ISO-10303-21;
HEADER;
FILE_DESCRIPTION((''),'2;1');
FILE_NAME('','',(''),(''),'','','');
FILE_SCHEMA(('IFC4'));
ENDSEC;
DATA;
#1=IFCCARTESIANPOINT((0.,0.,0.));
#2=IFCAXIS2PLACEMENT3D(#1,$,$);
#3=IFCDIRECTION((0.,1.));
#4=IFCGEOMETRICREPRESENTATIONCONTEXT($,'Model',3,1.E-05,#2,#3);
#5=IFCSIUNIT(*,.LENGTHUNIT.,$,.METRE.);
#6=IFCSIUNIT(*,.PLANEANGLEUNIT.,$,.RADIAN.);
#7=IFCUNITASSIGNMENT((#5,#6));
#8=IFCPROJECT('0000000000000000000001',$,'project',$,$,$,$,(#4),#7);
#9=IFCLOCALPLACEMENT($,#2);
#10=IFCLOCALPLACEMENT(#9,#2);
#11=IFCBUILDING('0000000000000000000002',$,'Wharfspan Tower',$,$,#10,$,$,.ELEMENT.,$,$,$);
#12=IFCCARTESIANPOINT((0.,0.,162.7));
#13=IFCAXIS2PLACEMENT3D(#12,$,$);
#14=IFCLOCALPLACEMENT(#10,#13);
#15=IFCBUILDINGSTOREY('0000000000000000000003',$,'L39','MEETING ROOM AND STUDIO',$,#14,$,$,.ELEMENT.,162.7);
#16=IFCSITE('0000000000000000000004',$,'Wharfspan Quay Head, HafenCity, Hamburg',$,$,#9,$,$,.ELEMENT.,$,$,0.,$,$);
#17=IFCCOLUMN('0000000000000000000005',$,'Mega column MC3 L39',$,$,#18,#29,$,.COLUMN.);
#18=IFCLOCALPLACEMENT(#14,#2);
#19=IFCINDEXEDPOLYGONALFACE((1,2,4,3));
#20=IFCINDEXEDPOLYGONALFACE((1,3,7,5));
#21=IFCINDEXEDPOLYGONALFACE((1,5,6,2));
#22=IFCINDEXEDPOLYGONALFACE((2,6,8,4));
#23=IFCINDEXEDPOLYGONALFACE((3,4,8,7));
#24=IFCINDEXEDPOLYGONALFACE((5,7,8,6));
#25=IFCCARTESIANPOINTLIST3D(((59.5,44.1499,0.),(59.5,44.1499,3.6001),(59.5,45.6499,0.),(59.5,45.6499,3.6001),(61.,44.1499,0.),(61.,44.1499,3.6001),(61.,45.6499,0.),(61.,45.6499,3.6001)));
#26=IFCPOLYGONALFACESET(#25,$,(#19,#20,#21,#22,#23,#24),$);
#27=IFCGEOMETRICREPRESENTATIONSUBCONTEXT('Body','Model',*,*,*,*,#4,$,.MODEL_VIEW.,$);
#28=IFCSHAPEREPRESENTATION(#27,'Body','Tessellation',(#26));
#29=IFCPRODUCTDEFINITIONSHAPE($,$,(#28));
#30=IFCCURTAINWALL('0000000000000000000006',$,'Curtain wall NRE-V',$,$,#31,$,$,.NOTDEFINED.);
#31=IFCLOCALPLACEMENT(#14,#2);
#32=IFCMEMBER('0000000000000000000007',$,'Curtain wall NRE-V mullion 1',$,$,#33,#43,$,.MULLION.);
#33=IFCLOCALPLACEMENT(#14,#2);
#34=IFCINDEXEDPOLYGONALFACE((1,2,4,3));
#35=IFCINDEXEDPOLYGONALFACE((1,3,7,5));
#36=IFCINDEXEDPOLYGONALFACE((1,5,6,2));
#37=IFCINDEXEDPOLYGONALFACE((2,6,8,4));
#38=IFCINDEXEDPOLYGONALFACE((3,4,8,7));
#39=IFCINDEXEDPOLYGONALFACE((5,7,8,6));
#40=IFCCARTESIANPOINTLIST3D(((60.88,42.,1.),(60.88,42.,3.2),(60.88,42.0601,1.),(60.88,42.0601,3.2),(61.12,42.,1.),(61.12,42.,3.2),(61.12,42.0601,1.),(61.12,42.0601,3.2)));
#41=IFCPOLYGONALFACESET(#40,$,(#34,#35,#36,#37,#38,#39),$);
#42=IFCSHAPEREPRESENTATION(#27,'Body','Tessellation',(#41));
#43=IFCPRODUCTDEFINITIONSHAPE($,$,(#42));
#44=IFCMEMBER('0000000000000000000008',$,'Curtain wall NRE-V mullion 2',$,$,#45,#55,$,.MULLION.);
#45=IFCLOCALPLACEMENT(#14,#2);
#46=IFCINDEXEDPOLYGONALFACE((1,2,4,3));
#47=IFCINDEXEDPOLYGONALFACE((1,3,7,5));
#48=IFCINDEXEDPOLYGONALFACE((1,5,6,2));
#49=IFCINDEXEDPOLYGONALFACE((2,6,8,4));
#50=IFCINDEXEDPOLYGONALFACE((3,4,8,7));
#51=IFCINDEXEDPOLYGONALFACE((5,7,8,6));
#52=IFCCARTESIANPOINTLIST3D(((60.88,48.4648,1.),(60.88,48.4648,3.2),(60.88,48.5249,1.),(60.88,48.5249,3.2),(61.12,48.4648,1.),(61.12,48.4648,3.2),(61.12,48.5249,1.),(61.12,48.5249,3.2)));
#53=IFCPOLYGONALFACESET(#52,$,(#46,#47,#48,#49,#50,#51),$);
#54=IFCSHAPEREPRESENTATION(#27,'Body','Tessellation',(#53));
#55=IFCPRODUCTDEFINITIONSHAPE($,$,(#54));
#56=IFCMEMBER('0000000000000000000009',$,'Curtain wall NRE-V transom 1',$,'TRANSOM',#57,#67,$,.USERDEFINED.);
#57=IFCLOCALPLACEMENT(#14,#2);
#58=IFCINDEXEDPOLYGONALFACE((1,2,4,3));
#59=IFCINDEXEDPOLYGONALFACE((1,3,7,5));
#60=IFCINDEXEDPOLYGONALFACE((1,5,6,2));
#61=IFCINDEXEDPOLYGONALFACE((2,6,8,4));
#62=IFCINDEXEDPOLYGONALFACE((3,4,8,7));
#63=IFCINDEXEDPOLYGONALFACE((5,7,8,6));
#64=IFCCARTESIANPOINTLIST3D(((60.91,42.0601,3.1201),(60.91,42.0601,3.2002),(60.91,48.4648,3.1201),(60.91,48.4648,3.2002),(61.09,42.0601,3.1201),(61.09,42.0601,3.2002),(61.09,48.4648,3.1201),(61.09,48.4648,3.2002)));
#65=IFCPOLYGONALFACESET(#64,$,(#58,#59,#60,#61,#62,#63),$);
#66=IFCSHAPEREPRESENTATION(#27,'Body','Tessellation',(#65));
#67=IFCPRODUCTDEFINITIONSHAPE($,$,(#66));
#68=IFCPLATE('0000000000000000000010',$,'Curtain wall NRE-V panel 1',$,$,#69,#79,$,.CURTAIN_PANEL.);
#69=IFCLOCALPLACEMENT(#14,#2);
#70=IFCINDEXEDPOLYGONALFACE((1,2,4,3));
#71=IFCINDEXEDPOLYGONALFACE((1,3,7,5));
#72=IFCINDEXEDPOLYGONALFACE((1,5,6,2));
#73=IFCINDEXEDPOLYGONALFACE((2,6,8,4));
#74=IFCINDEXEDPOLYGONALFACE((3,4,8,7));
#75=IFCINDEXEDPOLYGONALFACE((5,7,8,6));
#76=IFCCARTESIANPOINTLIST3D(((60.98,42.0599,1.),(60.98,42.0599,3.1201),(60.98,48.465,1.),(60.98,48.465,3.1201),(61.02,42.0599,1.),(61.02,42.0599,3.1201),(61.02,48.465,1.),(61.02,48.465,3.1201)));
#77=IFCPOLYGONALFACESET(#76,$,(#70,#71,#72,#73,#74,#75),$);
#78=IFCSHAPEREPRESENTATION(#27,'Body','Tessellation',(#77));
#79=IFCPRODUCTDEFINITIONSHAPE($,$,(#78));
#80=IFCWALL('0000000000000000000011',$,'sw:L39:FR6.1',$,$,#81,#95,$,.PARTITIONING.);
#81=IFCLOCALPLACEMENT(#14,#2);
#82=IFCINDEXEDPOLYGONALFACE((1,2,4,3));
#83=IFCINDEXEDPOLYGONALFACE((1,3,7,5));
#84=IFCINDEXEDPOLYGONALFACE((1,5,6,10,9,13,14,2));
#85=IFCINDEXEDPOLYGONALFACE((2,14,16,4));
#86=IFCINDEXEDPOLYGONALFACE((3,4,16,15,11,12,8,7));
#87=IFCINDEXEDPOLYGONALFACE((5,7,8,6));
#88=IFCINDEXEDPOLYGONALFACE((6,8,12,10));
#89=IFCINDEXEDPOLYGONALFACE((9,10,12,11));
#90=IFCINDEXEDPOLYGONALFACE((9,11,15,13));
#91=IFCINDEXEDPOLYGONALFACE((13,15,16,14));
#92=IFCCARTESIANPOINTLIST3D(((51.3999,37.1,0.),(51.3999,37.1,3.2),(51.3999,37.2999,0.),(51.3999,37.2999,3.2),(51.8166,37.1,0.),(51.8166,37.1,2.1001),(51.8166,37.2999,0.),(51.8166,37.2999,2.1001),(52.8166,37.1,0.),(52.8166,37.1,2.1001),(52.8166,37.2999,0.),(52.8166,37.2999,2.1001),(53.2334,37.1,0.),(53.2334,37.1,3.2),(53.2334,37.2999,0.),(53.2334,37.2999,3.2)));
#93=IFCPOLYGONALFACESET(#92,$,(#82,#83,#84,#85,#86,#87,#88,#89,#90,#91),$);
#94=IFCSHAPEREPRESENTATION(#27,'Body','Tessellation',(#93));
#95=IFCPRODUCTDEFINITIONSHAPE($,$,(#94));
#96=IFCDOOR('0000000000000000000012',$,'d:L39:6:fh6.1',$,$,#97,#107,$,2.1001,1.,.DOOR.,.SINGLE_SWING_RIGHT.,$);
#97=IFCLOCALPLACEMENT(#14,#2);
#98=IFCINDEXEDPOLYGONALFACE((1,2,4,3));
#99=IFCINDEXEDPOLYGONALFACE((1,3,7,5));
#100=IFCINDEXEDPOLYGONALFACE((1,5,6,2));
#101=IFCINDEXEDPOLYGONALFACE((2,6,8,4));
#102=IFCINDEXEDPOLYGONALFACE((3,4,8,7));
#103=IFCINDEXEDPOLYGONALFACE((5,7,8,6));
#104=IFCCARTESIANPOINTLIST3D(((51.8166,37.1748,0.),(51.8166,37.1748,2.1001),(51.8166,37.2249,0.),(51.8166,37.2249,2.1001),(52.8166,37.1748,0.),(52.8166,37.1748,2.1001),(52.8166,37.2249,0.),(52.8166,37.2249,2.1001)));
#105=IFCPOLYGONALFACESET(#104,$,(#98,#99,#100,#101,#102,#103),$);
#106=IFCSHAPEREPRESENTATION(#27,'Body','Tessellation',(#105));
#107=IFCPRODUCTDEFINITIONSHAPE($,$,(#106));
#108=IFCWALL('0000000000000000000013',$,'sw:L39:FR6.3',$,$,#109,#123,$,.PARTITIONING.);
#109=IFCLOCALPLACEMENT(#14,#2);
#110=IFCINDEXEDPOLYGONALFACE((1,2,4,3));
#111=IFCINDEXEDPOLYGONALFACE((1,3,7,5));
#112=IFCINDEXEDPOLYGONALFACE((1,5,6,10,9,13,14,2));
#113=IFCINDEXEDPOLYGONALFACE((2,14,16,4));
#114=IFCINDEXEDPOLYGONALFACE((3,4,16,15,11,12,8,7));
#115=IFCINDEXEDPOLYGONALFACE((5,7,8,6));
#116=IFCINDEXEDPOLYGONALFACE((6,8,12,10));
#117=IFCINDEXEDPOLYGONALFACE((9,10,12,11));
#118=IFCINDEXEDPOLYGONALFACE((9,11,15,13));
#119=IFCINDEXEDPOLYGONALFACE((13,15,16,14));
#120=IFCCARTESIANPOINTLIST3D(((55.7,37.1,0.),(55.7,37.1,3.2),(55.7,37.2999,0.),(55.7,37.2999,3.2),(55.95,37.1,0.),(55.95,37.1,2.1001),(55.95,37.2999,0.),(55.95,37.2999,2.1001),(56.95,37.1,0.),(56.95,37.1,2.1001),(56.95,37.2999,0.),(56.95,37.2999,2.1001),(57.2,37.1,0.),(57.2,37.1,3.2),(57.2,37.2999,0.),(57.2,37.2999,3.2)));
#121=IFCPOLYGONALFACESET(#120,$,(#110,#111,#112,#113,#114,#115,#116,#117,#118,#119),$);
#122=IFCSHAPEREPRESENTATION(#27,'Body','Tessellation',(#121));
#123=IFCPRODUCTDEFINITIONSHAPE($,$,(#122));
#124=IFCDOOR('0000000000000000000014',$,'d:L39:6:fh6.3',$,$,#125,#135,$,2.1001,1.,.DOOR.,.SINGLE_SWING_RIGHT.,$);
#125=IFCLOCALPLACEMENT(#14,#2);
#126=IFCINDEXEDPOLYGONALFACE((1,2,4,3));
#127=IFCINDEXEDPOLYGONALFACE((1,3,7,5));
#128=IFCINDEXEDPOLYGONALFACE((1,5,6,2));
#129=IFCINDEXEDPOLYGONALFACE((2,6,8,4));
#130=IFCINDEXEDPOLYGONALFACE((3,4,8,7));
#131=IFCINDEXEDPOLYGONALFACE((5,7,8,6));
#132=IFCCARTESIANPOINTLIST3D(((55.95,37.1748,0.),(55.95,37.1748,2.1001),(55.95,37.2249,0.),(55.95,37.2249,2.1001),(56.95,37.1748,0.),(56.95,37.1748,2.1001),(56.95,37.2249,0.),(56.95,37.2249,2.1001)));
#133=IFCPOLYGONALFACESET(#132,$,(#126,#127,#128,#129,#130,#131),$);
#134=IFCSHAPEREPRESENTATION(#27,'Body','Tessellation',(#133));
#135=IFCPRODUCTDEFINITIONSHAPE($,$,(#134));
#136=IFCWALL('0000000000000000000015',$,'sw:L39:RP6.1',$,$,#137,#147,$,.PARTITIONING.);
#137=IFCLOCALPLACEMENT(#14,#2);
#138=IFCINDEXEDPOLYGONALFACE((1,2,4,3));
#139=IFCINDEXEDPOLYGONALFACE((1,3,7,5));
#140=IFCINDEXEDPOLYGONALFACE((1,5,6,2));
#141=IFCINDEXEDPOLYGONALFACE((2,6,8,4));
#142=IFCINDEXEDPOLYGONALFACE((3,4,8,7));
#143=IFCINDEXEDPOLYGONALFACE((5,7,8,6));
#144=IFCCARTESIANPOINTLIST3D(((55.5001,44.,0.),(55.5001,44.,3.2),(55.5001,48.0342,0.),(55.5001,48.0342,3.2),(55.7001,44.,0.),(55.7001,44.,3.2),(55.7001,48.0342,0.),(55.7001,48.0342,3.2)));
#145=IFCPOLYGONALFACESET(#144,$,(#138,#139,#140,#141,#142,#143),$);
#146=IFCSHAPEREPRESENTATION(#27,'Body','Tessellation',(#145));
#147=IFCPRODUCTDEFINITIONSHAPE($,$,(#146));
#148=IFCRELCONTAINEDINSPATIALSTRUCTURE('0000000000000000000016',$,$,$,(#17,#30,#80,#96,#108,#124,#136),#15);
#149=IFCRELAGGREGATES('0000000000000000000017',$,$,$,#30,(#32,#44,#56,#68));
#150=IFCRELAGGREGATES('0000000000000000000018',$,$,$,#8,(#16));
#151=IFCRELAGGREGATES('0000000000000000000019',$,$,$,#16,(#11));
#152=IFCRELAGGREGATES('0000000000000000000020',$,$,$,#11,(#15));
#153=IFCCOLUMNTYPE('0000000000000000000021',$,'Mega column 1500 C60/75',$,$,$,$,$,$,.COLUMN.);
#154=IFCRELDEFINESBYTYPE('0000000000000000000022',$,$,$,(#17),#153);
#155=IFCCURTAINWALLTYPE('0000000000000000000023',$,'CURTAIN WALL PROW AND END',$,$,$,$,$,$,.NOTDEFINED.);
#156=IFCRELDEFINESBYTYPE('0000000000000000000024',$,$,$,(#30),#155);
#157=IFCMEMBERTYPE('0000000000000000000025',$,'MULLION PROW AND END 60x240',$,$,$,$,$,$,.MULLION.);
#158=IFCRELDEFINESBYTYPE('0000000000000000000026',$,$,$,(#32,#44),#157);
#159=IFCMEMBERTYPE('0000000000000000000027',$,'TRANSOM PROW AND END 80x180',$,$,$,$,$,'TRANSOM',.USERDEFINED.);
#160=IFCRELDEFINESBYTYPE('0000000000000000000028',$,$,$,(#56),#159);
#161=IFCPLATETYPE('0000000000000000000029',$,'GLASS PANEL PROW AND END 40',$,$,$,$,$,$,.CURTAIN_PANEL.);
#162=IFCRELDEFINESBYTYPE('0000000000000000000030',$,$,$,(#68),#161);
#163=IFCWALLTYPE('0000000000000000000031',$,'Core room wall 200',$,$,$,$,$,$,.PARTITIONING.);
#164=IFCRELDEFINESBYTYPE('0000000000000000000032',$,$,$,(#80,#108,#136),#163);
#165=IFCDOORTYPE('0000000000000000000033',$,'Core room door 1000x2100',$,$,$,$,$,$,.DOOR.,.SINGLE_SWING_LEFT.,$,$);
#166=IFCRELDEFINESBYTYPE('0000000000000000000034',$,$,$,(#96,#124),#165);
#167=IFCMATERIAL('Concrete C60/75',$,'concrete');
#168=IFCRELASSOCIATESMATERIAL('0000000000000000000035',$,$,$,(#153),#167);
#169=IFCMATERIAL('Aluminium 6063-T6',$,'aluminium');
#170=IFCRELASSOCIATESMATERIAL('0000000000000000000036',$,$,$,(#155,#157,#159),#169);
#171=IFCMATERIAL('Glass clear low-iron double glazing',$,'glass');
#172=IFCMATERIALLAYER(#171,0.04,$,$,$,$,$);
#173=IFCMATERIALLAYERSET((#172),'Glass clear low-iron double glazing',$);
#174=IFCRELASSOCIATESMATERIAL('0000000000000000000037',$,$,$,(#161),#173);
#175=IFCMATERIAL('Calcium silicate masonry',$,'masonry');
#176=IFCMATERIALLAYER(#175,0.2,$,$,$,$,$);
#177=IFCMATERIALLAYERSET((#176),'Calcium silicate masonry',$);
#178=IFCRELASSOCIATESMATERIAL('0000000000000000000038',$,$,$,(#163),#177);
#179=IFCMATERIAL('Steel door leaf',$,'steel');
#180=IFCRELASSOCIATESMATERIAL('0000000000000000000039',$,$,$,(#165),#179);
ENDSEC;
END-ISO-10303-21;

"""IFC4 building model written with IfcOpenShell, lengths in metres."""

from ifc_helpers import new_model, si_unit, direction, frame, frame_2d, origin, origin_2d, place, context, subcontext, project, spatial, rectangle, extrude, material, layer, layer_set, material_profile, profile_set, type_object, element, fill, aggregate, save


model = new_model("IFC4")

# Units and contexts
model_context = context("Model", 3, precision=1e-05, world=origin(), true_north=direction((0.0, 1.0)))
body_context = subcontext(model_context, "Body", "Model", "MODEL_VIEW")
ifc_project = project(units=[si_unit("LENGTHUNIT", "METRE"), si_unit("PLANEANGLEUNIT", "RADIAN")], contexts=[model_context])

# Site, building, storey
site_placement = place(None, origin())
site = spatial("IfcSite", under=ifc_project, at=site_placement, Name="Wharfspan Quay Head, HafenCity, Hamburg", CompositionType="ELEMENT", RefElevation=0.0)
building_placement = place(site_placement, origin())
building = spatial("IfcBuilding", under=site, at=building_placement, Name="Wharfspan Tower", CompositionType="ELEMENT")
storey_placement = place(building_placement, frame((0.0, 0.0, 162.7)))
storey = spatial("IfcBuildingStorey", under=building, at=storey_placement, Name="L39", Description="MEETING ROOM AND STUDIO", CompositionType="ELEMENT", Elevation=162.7)

# Column
ifc_material_1 = material(Name="Concrete C60/75", Category="concrete")
ifc_material_profile_1 = material_profile(ifc_material_1, rectangle(XDim=1.5, YDim=1.5, at=origin_2d()))
ifc_profile_set_1 = profile_set([ifc_material_profile_1], Name="Concrete C60/75")
column_type = type_object("IfcColumnType", Name="Mega column 1500 C60/75", PredefinedType="COLUMN", material=ifc_profile_set_1)
column_placement = place(storey_placement, frame((60.25, 44.8999, 0.0), z_axis=(0.0, 0.0, 1.0), x_axis=(1.0, 0.0, 0.0)))
element("IfcColumn", 1, at=column_placement, inside=storey, type_object=column_type, Name="Mega column MC3 L39", PredefinedType="COLUMN", context=body_context, shape_type="SweptSolid", body=[
    extrude(rectangle(XDim=1.5, YDim=1.5, at=origin_2d()), origin(), (0.0, 0.0, 1.0), 3.6001),
])

# Curtain wall, members, plate
ifc_material_2 = material(Name="Aluminium 6063-T6", Category="aluminium")
curtain_wall_type = type_object("IfcCurtainWallType", Name="CURTAIN WALL PROW AND END", PredefinedType="NOTDEFINED", material=ifc_material_2)
curtain_wall_placement = place(storey_placement, origin())
curtain_wall = element("IfcCurtainWall", 2, at=curtain_wall_placement, inside=storey, type_object=curtain_wall_type, Name="Curtain wall NRE-V", PredefinedType="NOTDEFINED")
ifc_material_profile_2 = material_profile(ifc_material_2, rectangle(XDim=0.24, YDim=0.0601, at=origin_2d()))
ifc_profile_set_2 = profile_set([ifc_material_profile_2], Name="Aluminium 6063-T6")
member_type_1 = type_object("IfcMemberType", Name="MULLION PROW AND END 60x240", PredefinedType="MULLION", material=ifc_profile_set_2)
member_1_placement = place(storey_placement, frame((61.0, 42.03, 1.0), z_axis=(0.0, 0.0, 1.0), x_axis=(-1.0, 0.0, 0.0)))
member_1 = element("IfcMember", 3, at=member_1_placement, type_object=member_type_1, Name="Curtain wall NRE-V mullion 1", PredefinedType="MULLION", context=body_context, shape_type="SweptSolid", body=[
    extrude(rectangle(XDim=0.24, YDim=0.0601, at=origin_2d()), origin(), (0.0, 0.0, 1.0), 2.2),
])
member_2_placement = place(storey_placement, frame((61.0, 48.4949, 1.0), z_axis=(0.0, 0.0, 1.0), x_axis=(-1.0, 0.0, 0.0)))
member_2 = element("IfcMember", 4, at=member_2_placement, type_object=member_type_1, Name="Curtain wall NRE-V mullion 2", PredefinedType="MULLION", context=body_context, shape_type="SweptSolid", body=[
    extrude(rectangle(XDim=0.24, YDim=0.0601, at=origin_2d()), origin(), (0.0, 0.0, 1.0), 2.2),
])
ifc_material_profile_3 = material_profile(ifc_material_2, rectangle(XDim=0.1799, YDim=0.0801, at=origin_2d()))
ifc_profile_set_3 = profile_set([ifc_material_profile_3], Name="Aluminium 6063-T6")
member_type_2 = type_object("IfcMemberType", Name="TRANSOM PROW AND END 80x180", ElementType="TRANSOM", PredefinedType="USERDEFINED", material=ifc_profile_set_3)
member_3_placement = place(storey_placement, frame((61.0, 42.0601, 3.1602), z_axis=(0.0, 1.0, 0.0), x_axis=(-1.0, 0.0, 0.0)))
member_3 = element("IfcMember", 5, at=member_3_placement, type_object=member_type_2, Name="Curtain wall NRE-V transom 1", ObjectType="TRANSOM", PredefinedType="USERDEFINED", context=body_context, shape_type="SweptSolid", body=[
    extrude(rectangle(XDim=0.1799, YDim=0.0801, at=origin_2d()), origin(), (0.0, 0.0, 1.0), 6.4048),
])
ifc_material_3 = material(Name="Glass clear low-iron double glazing", Category="glass")
ifc_layer_1 = layer(ifc_material_3, 0.04)
ifc_layer_set_1 = layer_set([ifc_layer_1], Name="Glass clear low-iron double glazing")
plate_type = type_object("IfcPlateType", Name="GLASS PANEL PROW AND END 40", PredefinedType="CURTAIN_PANEL", material=ifc_layer_set_1)
plate_placement = place(storey_placement, frame((61.0, 45.2625, 1.0), z_axis=(0.0, 0.0, 1.0), x_axis=(0.0, 1.0, 0.0)))
plate = element("IfcPlate", 6, at=plate_placement, type_object=plate_type, Name="Curtain wall NRE-V panel 1", PredefinedType="CURTAIN_PANEL", context=body_context, shape_type="SweptSolid", body=[
    extrude(rectangle(XDim=6.405, YDim=0.04, at=origin_2d()), origin(), (0.0, 0.0, 1.0), 2.1201),
])
aggregate(curtain_wall, [member_1, member_2, member_3, plate])

# Walls, openings, doors
ifc_material_4 = material(Name="Calcium silicate masonry", Category="masonry")
ifc_layer_2 = layer(ifc_material_4, 0.2)
ifc_layer_set_2 = layer_set([ifc_layer_2], Name="Calcium silicate masonry")
wall_type_1 = type_object("IfcWallType", Name="Core room wall 200", PredefinedType="PARTITIONING", material=ifc_layer_set_2)
wall_1_placement = place(storey_placement, frame((51.3999, 37.2, 0.0), z_axis=(0.0, 0.0, 1.0), x_axis=(1.0, 0.0, 0.0)))
wall_1 = element("IfcWall", 7, at=wall_1_placement, inside=storey, type_object=wall_type_1, Name="sw:L39:FR6.1", PredefinedType="PARTITIONING", context=body_context, shape_type="SweptSolid", body=[
    extrude(rectangle(XDim=1.8335, YDim=0.2, at=frame_2d((0.9167, 0.0))), origin(), (0.0, 0.0, 1.0), 3.2),
])
opening_1_placement = place(wall_1_placement, frame((0.4167, 0.0, 0.0)))
opening_1 = element("IfcOpeningElement", 8, at=opening_1_placement, cuts=wall_1, PredefinedType="OPENING", context=body_context, shape_type="SweptSolid", body=[
    extrude(rectangle(XDim=1.0, YDim=2.1001, at=frame_2d((0.5, 1.05))), frame((0.0, 0.1099, 0.0), z_axis=(0.0, -1.0, 0.0), x_axis=(1.0, 0.0, 0.0)), (0.0, 0.0, 1.0), 0.22),
])
ifc_material_5 = material(Name="Steel door leaf", Category="steel")
door_type_1 = type_object("IfcDoorType", Name="Core room door 1000x2100", OperationType="SINGLE_SWING_LEFT", PredefinedType="DOOR", material=ifc_material_5)
door_1_placement = place(opening_1_placement, origin())
door_1 = element("IfcDoor", 9, at=door_1_placement, inside=storey, type_object=door_type_1, Name="d:L39:6:fh6.1", OperationType="SINGLE_SWING_RIGHT", OverallHeight=2.1001, OverallWidth=1.0, PredefinedType="DOOR", context=body_context, shape_type="SweptSolid", body=[
    extrude(rectangle(XDim=1.0, YDim=2.1001, at=frame_2d((0.5, 1.05))), frame((0.0, 0.0249, 0.0), z_axis=(0.0, -1.0, 0.0), x_axis=(1.0, 0.0, 0.0)), (0.0, 0.0, 1.0), 0.05),
])
fill(opening_1, door_1)
wall_2_placement = place(storey_placement, frame((55.7, 37.2, 0.0), z_axis=(0.0, 0.0, 1.0), x_axis=(1.0, 0.0, 0.0)))
wall_2 = element("IfcWall", 10, at=wall_2_placement, inside=storey, type_object=wall_type_1, Name="sw:L39:FR6.3", PredefinedType="PARTITIONING", context=body_context, shape_type="SweptSolid", body=[
    extrude(rectangle(XDim=1.5, YDim=0.2, at=frame_2d((0.75, 0.0))), origin(), (0.0, 0.0, 1.0), 3.2),
])
opening_2_placement = place(wall_2_placement, frame((0.25, 0.0, 0.0)))
opening_2 = element("IfcOpeningElement", 11, at=opening_2_placement, cuts=wall_2, PredefinedType="OPENING", context=body_context, shape_type="SweptSolid", body=[
    extrude(rectangle(XDim=1.0, YDim=2.1001, at=frame_2d((0.5, 1.05))), frame((0.0, 0.1099, 0.0), z_axis=(0.0, -1.0, 0.0), x_axis=(1.0, 0.0, 0.0)), (0.0, 0.0, 1.0), 0.22),
])
door_2_placement = place(opening_2_placement, origin())
door_2 = element("IfcDoor", 12, at=door_2_placement, inside=storey, type_object=door_type_1, Name="d:L39:6:fh6.3", OperationType="SINGLE_SWING_RIGHT", OverallHeight=2.1001, OverallWidth=1.0, PredefinedType="DOOR", context=body_context, shape_type="SweptSolid", body=[
    extrude(rectangle(XDim=1.0, YDim=2.1001, at=frame_2d((0.5, 1.05))), frame((0.0, 0.0249, 0.0), z_axis=(0.0, -1.0, 0.0), x_axis=(1.0, 0.0, 0.0)), (0.0, 0.0, 1.0), 0.05),
])
fill(opening_2, door_2)

# Wall
wall_3_placement = place(storey_placement, frame((55.6001, 44.0, 0.0), z_axis=(0.0, 0.0, 1.0), x_axis=(0.0, 1.0, 0.0)))
element("IfcWall", 13, at=wall_3_placement, inside=storey, type_object=wall_type_1, Name="sw:L39:RP6.1", PredefinedType="PARTITIONING", context=body_context, shape_type="SweptSolid", body=[
    extrude(rectangle(XDim=4.0342, YDim=0.2, at=frame_2d((2.0171, 0.0))), origin(), (0.0, 0.0, 1.0), 3.2),
])

save(model, "model.ifc")
